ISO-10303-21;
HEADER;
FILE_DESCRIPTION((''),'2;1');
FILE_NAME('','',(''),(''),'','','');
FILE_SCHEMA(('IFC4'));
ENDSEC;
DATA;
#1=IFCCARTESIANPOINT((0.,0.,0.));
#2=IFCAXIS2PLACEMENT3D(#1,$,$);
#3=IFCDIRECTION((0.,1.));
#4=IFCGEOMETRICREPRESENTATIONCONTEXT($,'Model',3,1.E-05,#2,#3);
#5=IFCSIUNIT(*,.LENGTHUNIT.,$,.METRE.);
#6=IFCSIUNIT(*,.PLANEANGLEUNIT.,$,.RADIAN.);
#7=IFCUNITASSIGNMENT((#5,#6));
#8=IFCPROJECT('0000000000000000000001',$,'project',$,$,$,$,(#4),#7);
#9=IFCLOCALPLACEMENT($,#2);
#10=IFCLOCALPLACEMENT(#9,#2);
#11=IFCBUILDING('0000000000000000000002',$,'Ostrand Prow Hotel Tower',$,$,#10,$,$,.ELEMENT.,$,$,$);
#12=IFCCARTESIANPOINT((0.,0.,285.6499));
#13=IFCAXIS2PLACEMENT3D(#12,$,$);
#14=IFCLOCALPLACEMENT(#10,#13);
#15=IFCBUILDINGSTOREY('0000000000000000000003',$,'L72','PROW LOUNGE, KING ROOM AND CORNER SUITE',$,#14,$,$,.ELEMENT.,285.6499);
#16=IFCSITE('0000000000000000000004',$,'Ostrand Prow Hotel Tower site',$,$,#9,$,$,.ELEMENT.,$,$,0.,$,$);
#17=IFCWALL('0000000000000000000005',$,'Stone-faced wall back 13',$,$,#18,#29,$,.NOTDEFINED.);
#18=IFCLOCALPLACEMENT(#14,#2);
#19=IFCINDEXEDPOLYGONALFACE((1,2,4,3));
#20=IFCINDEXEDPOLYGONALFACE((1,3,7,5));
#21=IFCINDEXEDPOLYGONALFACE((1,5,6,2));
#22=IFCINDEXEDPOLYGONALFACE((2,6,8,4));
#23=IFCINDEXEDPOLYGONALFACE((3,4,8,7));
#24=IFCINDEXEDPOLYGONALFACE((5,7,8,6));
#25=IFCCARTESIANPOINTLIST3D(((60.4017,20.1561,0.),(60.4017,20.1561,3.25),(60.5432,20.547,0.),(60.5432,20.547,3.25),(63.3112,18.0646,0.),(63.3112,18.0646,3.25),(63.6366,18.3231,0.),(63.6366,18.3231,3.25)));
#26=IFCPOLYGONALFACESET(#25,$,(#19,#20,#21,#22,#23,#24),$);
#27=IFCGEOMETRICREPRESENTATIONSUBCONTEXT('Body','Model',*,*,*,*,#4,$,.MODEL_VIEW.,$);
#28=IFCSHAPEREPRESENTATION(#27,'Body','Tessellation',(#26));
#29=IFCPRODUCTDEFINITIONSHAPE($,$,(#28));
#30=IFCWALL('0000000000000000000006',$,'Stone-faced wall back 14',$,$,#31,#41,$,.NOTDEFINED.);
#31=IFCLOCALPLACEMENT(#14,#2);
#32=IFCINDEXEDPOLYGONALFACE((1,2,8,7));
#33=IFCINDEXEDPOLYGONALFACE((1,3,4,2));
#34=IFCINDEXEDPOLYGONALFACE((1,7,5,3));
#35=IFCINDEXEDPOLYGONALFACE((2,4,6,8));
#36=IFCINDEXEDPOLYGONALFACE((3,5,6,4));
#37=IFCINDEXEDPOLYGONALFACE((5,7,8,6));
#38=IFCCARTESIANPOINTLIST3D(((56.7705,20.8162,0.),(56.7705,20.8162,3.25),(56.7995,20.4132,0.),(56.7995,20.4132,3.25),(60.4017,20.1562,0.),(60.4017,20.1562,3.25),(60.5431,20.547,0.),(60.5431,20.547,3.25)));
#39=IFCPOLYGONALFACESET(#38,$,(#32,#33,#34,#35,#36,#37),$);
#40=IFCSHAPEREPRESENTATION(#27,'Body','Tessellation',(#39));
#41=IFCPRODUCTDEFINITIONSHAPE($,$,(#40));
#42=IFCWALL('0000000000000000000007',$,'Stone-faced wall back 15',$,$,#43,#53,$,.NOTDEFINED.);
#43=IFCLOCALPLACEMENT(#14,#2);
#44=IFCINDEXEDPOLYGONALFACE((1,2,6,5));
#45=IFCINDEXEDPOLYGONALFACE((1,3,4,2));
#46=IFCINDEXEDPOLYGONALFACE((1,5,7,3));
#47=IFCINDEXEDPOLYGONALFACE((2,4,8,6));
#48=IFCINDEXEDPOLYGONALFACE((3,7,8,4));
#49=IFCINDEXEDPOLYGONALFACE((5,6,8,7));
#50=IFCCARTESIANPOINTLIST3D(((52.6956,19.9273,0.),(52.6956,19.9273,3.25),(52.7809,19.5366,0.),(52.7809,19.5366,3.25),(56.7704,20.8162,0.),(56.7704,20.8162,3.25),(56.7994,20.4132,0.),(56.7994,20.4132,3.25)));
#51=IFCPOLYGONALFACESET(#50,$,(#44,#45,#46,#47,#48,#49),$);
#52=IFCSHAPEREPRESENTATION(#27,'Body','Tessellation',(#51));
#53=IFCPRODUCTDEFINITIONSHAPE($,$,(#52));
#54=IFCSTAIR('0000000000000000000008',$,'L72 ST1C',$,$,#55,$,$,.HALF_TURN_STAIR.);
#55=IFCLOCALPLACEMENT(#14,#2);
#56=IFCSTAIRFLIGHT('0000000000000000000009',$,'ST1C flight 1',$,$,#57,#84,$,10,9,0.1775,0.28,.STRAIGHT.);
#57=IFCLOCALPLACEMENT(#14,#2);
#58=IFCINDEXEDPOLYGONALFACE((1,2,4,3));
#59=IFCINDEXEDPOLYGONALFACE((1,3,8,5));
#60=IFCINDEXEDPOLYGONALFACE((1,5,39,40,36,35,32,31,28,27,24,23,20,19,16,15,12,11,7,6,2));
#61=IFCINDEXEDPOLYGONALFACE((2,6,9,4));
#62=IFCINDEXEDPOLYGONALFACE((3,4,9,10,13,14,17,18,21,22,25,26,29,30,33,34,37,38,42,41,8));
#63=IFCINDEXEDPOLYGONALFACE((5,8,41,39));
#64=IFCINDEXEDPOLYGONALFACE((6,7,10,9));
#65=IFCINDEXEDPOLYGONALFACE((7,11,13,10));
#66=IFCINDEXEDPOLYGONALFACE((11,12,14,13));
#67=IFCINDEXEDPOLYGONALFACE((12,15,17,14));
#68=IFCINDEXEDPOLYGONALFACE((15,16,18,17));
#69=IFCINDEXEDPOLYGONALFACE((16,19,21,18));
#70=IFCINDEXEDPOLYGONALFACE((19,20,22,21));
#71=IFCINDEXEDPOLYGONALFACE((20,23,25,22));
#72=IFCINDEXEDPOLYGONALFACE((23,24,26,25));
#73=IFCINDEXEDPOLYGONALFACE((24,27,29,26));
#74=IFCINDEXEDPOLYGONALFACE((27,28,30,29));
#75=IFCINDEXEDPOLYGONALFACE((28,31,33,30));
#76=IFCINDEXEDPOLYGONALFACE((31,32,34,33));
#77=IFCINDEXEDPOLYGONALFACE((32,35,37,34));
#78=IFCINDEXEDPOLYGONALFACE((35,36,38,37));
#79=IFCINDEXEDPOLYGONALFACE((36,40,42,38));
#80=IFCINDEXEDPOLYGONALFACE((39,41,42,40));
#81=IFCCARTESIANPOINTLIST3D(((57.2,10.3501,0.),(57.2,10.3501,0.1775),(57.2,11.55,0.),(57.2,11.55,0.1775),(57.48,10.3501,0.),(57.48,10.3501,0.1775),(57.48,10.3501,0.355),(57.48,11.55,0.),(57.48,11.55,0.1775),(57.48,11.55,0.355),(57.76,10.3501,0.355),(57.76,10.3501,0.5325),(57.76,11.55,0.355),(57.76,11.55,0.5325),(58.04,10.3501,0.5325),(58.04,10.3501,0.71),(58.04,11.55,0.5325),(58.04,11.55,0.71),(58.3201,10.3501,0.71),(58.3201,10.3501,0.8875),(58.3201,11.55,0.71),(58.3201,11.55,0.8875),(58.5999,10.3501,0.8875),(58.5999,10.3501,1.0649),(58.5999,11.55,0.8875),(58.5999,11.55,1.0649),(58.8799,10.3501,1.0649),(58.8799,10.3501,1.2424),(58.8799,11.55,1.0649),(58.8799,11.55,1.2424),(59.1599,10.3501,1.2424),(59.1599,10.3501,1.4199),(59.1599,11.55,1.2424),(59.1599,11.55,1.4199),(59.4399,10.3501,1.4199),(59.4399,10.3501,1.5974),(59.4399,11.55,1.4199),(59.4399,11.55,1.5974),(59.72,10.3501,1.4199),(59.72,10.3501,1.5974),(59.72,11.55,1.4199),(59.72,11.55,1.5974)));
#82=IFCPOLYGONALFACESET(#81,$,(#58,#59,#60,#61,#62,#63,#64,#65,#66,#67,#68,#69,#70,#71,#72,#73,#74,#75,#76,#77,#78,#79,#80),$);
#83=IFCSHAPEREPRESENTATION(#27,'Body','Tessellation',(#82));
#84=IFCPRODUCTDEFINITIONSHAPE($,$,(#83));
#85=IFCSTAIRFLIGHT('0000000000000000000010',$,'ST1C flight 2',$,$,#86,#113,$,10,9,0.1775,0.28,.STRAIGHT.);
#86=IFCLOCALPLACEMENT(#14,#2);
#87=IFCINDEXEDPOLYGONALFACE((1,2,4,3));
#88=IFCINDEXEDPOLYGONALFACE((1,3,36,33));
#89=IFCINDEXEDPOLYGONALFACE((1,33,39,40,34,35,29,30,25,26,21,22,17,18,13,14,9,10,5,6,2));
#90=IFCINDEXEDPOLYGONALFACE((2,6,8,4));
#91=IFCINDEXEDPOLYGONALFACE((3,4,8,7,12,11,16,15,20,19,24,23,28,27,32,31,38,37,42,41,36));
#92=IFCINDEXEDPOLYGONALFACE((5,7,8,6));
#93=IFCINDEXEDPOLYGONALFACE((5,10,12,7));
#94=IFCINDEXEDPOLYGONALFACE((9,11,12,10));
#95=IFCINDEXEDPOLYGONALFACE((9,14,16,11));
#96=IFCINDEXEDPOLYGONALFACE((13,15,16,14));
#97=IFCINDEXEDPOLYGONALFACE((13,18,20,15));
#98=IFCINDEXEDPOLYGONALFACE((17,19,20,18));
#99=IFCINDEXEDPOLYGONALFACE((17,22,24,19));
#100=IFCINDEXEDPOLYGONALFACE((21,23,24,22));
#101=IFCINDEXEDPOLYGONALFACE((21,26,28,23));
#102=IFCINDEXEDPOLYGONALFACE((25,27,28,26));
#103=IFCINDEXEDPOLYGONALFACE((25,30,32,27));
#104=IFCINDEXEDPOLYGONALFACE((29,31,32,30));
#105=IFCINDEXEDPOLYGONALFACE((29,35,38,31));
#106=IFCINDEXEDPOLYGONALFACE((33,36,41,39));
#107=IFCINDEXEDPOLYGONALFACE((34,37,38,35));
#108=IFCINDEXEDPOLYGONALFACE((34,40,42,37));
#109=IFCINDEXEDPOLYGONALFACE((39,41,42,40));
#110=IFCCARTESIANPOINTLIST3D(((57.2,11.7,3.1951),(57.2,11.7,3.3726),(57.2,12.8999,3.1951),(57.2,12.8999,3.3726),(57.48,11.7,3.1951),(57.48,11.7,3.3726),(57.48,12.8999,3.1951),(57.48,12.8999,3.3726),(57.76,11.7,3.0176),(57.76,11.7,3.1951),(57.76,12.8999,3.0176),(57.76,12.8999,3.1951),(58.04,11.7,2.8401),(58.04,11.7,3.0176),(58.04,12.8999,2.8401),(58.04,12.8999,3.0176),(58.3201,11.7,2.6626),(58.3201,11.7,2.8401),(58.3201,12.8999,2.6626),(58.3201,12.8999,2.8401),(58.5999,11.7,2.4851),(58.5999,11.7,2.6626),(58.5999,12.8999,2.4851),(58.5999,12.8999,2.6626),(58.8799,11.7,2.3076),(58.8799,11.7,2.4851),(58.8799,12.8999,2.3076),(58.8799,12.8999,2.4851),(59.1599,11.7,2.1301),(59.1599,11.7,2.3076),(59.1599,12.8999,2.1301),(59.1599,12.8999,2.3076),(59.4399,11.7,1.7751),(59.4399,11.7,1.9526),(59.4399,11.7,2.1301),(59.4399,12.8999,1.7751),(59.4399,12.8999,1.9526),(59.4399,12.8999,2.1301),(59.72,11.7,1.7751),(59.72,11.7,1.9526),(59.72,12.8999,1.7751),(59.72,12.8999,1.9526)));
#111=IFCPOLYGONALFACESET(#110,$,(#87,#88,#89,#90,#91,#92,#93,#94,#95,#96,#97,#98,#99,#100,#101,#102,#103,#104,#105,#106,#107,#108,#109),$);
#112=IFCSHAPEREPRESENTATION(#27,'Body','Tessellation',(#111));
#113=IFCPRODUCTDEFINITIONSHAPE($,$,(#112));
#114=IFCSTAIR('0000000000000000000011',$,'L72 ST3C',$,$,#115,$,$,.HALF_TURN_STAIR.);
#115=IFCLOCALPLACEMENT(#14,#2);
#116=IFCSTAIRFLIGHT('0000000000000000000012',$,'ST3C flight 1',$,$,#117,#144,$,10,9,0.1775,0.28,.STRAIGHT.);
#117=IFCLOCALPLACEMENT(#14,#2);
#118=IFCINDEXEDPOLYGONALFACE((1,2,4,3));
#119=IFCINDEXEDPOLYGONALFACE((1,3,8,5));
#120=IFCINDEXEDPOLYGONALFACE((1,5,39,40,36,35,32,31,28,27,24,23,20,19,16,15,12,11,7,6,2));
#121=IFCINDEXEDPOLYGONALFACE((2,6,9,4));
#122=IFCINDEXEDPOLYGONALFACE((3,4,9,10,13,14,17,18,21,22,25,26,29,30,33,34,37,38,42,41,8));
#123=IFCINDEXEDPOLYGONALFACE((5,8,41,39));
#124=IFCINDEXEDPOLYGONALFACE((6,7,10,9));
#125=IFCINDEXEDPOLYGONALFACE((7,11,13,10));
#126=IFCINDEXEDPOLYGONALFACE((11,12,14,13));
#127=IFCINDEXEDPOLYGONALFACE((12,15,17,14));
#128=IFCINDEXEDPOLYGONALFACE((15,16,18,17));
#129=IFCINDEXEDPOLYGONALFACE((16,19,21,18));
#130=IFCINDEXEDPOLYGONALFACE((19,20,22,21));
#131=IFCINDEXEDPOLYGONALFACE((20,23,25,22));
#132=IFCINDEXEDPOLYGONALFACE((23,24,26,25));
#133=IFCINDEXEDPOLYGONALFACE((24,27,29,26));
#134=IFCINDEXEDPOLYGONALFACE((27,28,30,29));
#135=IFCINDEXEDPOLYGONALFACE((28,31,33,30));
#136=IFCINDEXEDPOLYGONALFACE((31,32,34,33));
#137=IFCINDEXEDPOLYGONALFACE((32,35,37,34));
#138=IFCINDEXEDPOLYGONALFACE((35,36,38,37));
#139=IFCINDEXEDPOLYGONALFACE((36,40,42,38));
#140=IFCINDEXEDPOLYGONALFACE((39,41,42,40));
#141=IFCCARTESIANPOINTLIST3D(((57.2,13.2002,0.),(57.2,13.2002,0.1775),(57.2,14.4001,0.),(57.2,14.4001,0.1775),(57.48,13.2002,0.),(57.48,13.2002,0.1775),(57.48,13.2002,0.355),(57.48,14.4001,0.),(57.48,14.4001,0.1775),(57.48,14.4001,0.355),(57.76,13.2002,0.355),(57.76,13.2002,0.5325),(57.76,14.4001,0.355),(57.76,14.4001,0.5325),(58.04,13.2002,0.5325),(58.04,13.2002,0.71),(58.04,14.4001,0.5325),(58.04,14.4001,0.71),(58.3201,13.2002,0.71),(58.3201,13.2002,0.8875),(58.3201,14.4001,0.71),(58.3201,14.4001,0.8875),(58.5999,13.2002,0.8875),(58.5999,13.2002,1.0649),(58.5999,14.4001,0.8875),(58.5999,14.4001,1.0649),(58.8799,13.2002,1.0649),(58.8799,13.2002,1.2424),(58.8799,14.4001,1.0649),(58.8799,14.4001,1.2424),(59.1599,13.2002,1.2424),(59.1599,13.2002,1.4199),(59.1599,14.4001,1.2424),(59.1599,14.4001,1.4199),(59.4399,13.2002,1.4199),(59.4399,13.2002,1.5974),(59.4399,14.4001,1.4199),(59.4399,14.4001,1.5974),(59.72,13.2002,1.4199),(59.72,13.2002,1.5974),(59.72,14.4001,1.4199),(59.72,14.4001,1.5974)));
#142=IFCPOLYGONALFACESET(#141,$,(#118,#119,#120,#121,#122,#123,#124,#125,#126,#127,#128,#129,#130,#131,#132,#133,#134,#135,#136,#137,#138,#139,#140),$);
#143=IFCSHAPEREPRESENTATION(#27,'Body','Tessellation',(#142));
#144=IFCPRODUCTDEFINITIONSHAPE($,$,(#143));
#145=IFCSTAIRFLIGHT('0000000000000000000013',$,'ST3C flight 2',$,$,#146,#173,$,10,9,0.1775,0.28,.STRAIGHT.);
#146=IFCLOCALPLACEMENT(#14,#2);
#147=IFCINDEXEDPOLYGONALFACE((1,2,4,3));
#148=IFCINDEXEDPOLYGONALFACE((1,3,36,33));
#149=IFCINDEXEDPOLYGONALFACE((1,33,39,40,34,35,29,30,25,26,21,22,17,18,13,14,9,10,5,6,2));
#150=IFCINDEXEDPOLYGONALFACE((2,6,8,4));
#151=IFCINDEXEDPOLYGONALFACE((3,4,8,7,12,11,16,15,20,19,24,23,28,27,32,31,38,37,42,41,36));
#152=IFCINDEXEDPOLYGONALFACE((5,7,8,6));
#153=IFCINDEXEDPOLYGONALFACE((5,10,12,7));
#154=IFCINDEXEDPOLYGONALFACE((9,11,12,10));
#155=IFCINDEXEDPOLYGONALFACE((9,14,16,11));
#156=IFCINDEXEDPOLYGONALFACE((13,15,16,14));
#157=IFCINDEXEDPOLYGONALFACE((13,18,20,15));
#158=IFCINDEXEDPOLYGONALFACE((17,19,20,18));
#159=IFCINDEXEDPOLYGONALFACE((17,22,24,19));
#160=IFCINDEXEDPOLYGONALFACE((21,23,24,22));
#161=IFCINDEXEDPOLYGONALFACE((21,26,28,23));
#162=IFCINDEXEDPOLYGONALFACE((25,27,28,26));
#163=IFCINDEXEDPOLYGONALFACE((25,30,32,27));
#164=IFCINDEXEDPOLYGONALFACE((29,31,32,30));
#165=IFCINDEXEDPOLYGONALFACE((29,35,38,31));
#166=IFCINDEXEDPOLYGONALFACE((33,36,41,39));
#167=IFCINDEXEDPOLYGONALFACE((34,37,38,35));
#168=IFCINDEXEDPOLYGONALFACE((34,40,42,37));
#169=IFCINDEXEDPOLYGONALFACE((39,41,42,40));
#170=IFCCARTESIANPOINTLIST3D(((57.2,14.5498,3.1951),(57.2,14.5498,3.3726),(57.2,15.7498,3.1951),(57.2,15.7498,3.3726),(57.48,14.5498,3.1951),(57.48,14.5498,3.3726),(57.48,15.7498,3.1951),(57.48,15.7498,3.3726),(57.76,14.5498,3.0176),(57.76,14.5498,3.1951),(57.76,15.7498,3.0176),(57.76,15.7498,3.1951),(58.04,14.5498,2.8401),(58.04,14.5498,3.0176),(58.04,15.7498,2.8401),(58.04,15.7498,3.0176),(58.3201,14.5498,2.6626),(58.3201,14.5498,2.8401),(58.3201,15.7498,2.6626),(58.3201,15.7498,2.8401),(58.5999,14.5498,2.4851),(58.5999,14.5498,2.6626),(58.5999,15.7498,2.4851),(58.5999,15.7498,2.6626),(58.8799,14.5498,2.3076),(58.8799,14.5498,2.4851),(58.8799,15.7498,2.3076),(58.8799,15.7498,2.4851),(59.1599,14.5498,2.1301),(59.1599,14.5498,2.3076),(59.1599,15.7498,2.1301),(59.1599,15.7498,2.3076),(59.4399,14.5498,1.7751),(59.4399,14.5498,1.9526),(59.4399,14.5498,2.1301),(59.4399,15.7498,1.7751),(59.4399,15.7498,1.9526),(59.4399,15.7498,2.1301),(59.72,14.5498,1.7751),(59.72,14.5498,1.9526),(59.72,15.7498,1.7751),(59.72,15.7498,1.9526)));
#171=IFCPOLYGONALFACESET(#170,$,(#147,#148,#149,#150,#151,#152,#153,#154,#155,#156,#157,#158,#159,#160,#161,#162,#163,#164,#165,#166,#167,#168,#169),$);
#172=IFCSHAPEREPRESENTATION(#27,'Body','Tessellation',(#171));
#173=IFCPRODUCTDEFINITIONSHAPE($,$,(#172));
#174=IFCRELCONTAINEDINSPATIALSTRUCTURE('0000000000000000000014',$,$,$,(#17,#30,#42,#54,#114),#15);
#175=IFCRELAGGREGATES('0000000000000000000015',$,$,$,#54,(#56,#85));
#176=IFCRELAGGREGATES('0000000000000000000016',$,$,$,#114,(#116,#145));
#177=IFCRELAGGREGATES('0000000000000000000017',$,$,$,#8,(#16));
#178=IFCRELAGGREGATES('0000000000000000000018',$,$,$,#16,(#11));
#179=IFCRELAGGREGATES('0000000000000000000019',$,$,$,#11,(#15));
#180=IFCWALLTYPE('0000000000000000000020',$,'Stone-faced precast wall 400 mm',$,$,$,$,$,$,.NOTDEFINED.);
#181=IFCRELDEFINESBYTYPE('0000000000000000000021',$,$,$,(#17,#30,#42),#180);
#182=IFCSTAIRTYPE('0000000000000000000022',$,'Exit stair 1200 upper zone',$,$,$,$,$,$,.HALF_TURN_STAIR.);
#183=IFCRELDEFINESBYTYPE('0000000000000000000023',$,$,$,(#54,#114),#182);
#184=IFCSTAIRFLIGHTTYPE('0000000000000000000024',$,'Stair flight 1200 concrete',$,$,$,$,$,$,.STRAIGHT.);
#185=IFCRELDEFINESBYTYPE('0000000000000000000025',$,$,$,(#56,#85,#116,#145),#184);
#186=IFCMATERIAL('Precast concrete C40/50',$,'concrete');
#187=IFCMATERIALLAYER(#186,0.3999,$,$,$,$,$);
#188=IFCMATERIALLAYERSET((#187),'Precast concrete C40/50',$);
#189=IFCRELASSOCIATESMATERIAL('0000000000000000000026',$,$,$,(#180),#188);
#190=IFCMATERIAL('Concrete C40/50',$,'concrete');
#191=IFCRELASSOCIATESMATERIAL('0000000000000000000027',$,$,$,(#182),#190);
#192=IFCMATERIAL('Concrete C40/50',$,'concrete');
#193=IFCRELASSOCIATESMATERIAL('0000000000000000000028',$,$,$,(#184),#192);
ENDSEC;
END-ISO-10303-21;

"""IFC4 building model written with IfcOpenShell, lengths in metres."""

from ifc_helpers import new_model, si_unit, direction, frame, origin, place, context, subcontext, project, spatial, polyline, outline, extrude, material, layer, layer_set, type_object, element, aggregate, save


model = new_model("IFC4")

# Units and contexts
model_context = context("Model", 3, precision=1e-05, world=origin(), true_north=direction((0.0, 1.0)))
body_context = subcontext(model_context, "Body", "Model", "MODEL_VIEW")
ifc_project = project(units=[si_unit("LENGTHUNIT", "METRE"), si_unit("PLANEANGLEUNIT", "RADIAN")], contexts=[model_context])

# Site, building, storey
site_placement = place(None, origin())
site = spatial("IfcSite", under=ifc_project, at=site_placement, Name="Ostrand Prow Hotel Tower site", CompositionType="ELEMENT", RefElevation=0.0)
building_placement = place(site_placement, origin())
building = spatial("IfcBuilding", under=site, at=building_placement, Name="Ostrand Prow Hotel Tower", CompositionType="ELEMENT")
storey_placement = place(building_placement, frame((0.0, 0.0, 285.6499)))
storey = spatial("IfcBuildingStorey", under=building, at=storey_placement, Name="L72", Description="PROW LOUNGE, KING ROOM AND CORNER SUITE", CompositionType="ELEMENT", Elevation=285.6499)

# Shared definitions
ifc_material_1 = material(Name="Precast concrete C40/50", Category="concrete")
ifc_layer_1 = layer(ifc_material_1, 0.3999)
ifc_layer_set_1 = layer_set([ifc_layer_1], Name="Precast concrete C40/50")
wall_type_1 = type_object("IfcWallType", Name="Stone-faced precast wall 400 mm", PredefinedType="NOTDEFINED", material=ifc_layer_set_1)

# Walls
wall_1_placement = place(storey_placement, frame((63.4739, 18.1938, 0.0), z_axis=(0.0, 0.0, 1.0), x_axis=(-0.811963, 0.58371, 0.0)))
element("IfcWall", 1, at=wall_1_placement, inside=storey, type_object=wall_type_1, Name="Stone-faced wall back 13", PredefinedType="NOTDEFINED", context=body_context, shape_type="SweptSolid", body=[
    extrude(outline(polyline([(-0.0566, -0.2), (3.7532, -0.2), (3.6399, 0.2), (0.0566, 0.2), (-0.0566, -0.2)])), origin(), (0.0, 0.0, 1.0), 3.25),
])
wall_2_placement = place(storey_placement, frame((60.4724, 20.3516, 0.0), z_axis=(0.0, 0.0, 1.0), x_axis=(-0.997463, 0.071191, 0.0)))
element("IfcWall", 2, at=wall_2_placement, inside=storey, type_object=wall_type_1, Name="Stone-faced wall back 14", PredefinedType="NOTDEFINED", context=body_context, shape_type="SweptSolid", body=[
    extrude(outline(polyline([(-0.0566, -0.2), (3.7256, -0.2), (3.668, 0.2), (0.0566, 0.2), (-0.0566, -0.2)])), origin(), (0.0, 0.0, 1.0), 3.25),
])
wall_3_placement = place(storey_placement, frame((56.7849, 20.6147, 0.0), z_axis=(0.0, 0.0, 1.0), x_axis=(-0.97702, -0.213147, 0.0)))
element("IfcWall", 3, at=wall_3_placement, inside=storey, type_object=wall_type_1, Name="Stone-faced wall back 15", PredefinedType="NOTDEFINED", context=body_context, shape_type="SweptSolid", body=[
    extrude(outline(polyline([(-0.0288, -0.2), (4.1418, -0.2), (4.1418, 0.2), (0.0288, 0.2), (-0.0288, -0.2)])), origin(), (0.0, 0.0, 1.0), 3.25),
])

# Stairs, stair flights
ifc_material_2 = material(Name="Concrete C40/50", Category="concrete")
stair_type = type_object("IfcStairType", Name="Exit stair 1200 upper zone", PredefinedType="HALF_TURN_STAIR", material=ifc_material_2)
stair_1_placement = place(storey_placement, origin())
stair_1 = element("IfcStair", 4, at=stair_1_placement, inside=storey, type_object=stair_type, Name="L72 ST1C", PredefinedType="HALF_TURN_STAIR")
ifc_material_3 = material(Name="Concrete C40/50", Category="concrete")
stair_flight_type = type_object("IfcStairFlightType", Name="Stair flight 1200 concrete", PredefinedType="STRAIGHT", material=ifc_material_3)
stair_flight_1_placement = place(storey_placement, frame((57.2, 10.95, 0.0), z_axis=(0.0, 0.0, 1.0), x_axis=(1.0, 0.0, 0.0)))
stair_flight_1 = element("IfcStairFlight", 5, at=stair_flight_1_placement, type_object=stair_flight_type, Name="ST1C flight 1", NumberOfRisers=10, NumberOfTreads=9, PredefinedType="STRAIGHT", RiserHeight=0.1775, TreadLength=0.28, context=body_context, shape_type="SweptSolid", body=[
    extrude(outline(polyline([(0.0, 0.0), (0.0, 0.1775), (0.28, 0.1775), (0.28, 0.355), (0.5601, 0.355), (0.5601, 0.5325), (0.8401, 0.5325), (0.8401, 0.71), (1.1201, 0.71), (1.1201, 0.8875), (1.3999, 0.8875), (1.3999, 1.0649), (1.6799, 1.0649), (1.6799, 1.2424), (1.96, 1.2424), (1.96, 1.4199), (2.24, 1.4199), (2.24, 1.5974), (2.52, 1.5974), (2.52, 1.7749), (2.52, 1.4199), (0.28, 0.0), (0.0, 0.0)])), frame((0.0, 0.6001, 0.0), z_axis=(0.0, -1.0, 0.0), x_axis=(1.0, 0.0, 0.0)), (0.0, 0.0, 1.0), 1.2),
])
stair_flight_2_placement = place(storey_placement, frame((59.72, 12.3, 1.7751), z_axis=(0.0, 0.0, 1.0), x_axis=(-1.0, 0.0, 0.0)))
stair_flight_2 = element("IfcStairFlight", 6, at=stair_flight_2_placement, type_object=stair_flight_type, Name="ST1C flight 2", NumberOfRisers=10, NumberOfTreads=9, PredefinedType="STRAIGHT", RiserHeight=0.1775, TreadLength=0.28, context=body_context, shape_type="SweptSolid", body=[
    extrude(outline(polyline([(0.0, 0.0), (0.0, 0.1775), (0.28, 0.1775), (0.28, 0.355), (0.5601, 0.355), (0.5601, 0.5325), (0.8401, 0.5325), (0.8401, 0.71), (1.1201, 0.71), (1.1201, 0.8875), (1.3999, 0.8875), (1.3999, 1.0649), (1.6799, 1.0649), (1.6799, 1.2424), (1.96, 1.2424), (1.96, 1.4199), (2.24, 1.4199), (2.24, 1.5974), (2.52, 1.5974), (2.52, 1.7749), (2.52, 1.4199), (0.28, 0.0), (0.0, 0.0)])), frame((0.0, 0.6001, 0.0), z_axis=(0.0, -1.0, 0.0), x_axis=(1.0, 0.0, 0.0)), (0.0, 0.0, 1.0), 1.2),
])
aggregate(stair_1, [stair_flight_1, stair_flight_2])
stair_2_placement = place(storey_placement, origin())
stair_2 = element("IfcStair", 7, at=stair_2_placement, inside=storey, type_object=stair_type, Name="L72 ST3C", PredefinedType="HALF_TURN_STAIR")
stair_flight_3_placement = place(storey_placement, frame((57.2, 13.8, 0.0), z_axis=(0.0, 0.0, 1.0), x_axis=(1.0, 0.0, 0.0)))
stair_flight_3 = element("IfcStairFlight", 8, at=stair_flight_3_placement, type_object=stair_flight_type, Name="ST3C flight 1", NumberOfRisers=10, NumberOfTreads=9, PredefinedType="STRAIGHT", RiserHeight=0.1775, TreadLength=0.28, context=body_context, shape_type="SweptSolid", body=[
    extrude(outline(polyline([(0.0, 0.0), (0.0, 0.1775), (0.28, 0.1775), (0.28, 0.355), (0.5601, 0.355), (0.5601, 0.5325), (0.8401, 0.5325), (0.8401, 0.71), (1.1201, 0.71), (1.1201, 0.8875), (1.3999, 0.8875), (1.3999, 1.0649), (1.6799, 1.0649), (1.6799, 1.2424), (1.96, 1.2424), (1.96, 1.4199), (2.24, 1.4199), (2.24, 1.5974), (2.52, 1.5974), (2.52, 1.7749), (2.52, 1.4199), (0.28, 0.0), (0.0, 0.0)])), frame((0.0, 0.6001, 0.0), z_axis=(0.0, -1.0, 0.0), x_axis=(1.0, 0.0, 0.0)), (0.0, 0.0, 1.0), 1.2),
])
stair_flight_4_placement = place(storey_placement, frame((59.72, 15.1499, 1.7751), z_axis=(0.0, 0.0, 1.0), x_axis=(-1.0, 0.0, 0.0)))
stair_flight_4 = element("IfcStairFlight", 9, at=stair_flight_4_placement, type_object=stair_flight_type, Name="ST3C flight 2", NumberOfRisers=10, NumberOfTreads=9, PredefinedType="STRAIGHT", RiserHeight=0.1775, TreadLength=0.28, context=body_context, shape_type="SweptSolid", body=[
    extrude(outline(polyline([(0.0, 0.0), (0.0, 0.1775), (0.28, 0.1775), (0.28, 0.355), (0.5601, 0.355), (0.5601, 0.5325), (0.8401, 0.5325), (0.8401, 0.71), (1.1201, 0.71), (1.1201, 0.8875), (1.3999, 0.8875), (1.3999, 1.0649), (1.6799, 1.0649), (1.6799, 1.2424), (1.96, 1.2424), (1.96, 1.4199), (2.24, 1.4199), (2.24, 1.5974), (2.52, 1.5974), (2.52, 1.7749), (2.52, 1.4199), (0.28, 0.0), (0.0, 0.0)])), frame((0.0, 0.6001, 0.0), z_axis=(0.0, -1.0, 0.0), x_axis=(1.0, 0.0, 0.0)), (0.0, 0.0, 1.0), 1.2),
])
aggregate(stair_2, [stair_flight_3, stair_flight_4])

save(model, "model.ifc")
